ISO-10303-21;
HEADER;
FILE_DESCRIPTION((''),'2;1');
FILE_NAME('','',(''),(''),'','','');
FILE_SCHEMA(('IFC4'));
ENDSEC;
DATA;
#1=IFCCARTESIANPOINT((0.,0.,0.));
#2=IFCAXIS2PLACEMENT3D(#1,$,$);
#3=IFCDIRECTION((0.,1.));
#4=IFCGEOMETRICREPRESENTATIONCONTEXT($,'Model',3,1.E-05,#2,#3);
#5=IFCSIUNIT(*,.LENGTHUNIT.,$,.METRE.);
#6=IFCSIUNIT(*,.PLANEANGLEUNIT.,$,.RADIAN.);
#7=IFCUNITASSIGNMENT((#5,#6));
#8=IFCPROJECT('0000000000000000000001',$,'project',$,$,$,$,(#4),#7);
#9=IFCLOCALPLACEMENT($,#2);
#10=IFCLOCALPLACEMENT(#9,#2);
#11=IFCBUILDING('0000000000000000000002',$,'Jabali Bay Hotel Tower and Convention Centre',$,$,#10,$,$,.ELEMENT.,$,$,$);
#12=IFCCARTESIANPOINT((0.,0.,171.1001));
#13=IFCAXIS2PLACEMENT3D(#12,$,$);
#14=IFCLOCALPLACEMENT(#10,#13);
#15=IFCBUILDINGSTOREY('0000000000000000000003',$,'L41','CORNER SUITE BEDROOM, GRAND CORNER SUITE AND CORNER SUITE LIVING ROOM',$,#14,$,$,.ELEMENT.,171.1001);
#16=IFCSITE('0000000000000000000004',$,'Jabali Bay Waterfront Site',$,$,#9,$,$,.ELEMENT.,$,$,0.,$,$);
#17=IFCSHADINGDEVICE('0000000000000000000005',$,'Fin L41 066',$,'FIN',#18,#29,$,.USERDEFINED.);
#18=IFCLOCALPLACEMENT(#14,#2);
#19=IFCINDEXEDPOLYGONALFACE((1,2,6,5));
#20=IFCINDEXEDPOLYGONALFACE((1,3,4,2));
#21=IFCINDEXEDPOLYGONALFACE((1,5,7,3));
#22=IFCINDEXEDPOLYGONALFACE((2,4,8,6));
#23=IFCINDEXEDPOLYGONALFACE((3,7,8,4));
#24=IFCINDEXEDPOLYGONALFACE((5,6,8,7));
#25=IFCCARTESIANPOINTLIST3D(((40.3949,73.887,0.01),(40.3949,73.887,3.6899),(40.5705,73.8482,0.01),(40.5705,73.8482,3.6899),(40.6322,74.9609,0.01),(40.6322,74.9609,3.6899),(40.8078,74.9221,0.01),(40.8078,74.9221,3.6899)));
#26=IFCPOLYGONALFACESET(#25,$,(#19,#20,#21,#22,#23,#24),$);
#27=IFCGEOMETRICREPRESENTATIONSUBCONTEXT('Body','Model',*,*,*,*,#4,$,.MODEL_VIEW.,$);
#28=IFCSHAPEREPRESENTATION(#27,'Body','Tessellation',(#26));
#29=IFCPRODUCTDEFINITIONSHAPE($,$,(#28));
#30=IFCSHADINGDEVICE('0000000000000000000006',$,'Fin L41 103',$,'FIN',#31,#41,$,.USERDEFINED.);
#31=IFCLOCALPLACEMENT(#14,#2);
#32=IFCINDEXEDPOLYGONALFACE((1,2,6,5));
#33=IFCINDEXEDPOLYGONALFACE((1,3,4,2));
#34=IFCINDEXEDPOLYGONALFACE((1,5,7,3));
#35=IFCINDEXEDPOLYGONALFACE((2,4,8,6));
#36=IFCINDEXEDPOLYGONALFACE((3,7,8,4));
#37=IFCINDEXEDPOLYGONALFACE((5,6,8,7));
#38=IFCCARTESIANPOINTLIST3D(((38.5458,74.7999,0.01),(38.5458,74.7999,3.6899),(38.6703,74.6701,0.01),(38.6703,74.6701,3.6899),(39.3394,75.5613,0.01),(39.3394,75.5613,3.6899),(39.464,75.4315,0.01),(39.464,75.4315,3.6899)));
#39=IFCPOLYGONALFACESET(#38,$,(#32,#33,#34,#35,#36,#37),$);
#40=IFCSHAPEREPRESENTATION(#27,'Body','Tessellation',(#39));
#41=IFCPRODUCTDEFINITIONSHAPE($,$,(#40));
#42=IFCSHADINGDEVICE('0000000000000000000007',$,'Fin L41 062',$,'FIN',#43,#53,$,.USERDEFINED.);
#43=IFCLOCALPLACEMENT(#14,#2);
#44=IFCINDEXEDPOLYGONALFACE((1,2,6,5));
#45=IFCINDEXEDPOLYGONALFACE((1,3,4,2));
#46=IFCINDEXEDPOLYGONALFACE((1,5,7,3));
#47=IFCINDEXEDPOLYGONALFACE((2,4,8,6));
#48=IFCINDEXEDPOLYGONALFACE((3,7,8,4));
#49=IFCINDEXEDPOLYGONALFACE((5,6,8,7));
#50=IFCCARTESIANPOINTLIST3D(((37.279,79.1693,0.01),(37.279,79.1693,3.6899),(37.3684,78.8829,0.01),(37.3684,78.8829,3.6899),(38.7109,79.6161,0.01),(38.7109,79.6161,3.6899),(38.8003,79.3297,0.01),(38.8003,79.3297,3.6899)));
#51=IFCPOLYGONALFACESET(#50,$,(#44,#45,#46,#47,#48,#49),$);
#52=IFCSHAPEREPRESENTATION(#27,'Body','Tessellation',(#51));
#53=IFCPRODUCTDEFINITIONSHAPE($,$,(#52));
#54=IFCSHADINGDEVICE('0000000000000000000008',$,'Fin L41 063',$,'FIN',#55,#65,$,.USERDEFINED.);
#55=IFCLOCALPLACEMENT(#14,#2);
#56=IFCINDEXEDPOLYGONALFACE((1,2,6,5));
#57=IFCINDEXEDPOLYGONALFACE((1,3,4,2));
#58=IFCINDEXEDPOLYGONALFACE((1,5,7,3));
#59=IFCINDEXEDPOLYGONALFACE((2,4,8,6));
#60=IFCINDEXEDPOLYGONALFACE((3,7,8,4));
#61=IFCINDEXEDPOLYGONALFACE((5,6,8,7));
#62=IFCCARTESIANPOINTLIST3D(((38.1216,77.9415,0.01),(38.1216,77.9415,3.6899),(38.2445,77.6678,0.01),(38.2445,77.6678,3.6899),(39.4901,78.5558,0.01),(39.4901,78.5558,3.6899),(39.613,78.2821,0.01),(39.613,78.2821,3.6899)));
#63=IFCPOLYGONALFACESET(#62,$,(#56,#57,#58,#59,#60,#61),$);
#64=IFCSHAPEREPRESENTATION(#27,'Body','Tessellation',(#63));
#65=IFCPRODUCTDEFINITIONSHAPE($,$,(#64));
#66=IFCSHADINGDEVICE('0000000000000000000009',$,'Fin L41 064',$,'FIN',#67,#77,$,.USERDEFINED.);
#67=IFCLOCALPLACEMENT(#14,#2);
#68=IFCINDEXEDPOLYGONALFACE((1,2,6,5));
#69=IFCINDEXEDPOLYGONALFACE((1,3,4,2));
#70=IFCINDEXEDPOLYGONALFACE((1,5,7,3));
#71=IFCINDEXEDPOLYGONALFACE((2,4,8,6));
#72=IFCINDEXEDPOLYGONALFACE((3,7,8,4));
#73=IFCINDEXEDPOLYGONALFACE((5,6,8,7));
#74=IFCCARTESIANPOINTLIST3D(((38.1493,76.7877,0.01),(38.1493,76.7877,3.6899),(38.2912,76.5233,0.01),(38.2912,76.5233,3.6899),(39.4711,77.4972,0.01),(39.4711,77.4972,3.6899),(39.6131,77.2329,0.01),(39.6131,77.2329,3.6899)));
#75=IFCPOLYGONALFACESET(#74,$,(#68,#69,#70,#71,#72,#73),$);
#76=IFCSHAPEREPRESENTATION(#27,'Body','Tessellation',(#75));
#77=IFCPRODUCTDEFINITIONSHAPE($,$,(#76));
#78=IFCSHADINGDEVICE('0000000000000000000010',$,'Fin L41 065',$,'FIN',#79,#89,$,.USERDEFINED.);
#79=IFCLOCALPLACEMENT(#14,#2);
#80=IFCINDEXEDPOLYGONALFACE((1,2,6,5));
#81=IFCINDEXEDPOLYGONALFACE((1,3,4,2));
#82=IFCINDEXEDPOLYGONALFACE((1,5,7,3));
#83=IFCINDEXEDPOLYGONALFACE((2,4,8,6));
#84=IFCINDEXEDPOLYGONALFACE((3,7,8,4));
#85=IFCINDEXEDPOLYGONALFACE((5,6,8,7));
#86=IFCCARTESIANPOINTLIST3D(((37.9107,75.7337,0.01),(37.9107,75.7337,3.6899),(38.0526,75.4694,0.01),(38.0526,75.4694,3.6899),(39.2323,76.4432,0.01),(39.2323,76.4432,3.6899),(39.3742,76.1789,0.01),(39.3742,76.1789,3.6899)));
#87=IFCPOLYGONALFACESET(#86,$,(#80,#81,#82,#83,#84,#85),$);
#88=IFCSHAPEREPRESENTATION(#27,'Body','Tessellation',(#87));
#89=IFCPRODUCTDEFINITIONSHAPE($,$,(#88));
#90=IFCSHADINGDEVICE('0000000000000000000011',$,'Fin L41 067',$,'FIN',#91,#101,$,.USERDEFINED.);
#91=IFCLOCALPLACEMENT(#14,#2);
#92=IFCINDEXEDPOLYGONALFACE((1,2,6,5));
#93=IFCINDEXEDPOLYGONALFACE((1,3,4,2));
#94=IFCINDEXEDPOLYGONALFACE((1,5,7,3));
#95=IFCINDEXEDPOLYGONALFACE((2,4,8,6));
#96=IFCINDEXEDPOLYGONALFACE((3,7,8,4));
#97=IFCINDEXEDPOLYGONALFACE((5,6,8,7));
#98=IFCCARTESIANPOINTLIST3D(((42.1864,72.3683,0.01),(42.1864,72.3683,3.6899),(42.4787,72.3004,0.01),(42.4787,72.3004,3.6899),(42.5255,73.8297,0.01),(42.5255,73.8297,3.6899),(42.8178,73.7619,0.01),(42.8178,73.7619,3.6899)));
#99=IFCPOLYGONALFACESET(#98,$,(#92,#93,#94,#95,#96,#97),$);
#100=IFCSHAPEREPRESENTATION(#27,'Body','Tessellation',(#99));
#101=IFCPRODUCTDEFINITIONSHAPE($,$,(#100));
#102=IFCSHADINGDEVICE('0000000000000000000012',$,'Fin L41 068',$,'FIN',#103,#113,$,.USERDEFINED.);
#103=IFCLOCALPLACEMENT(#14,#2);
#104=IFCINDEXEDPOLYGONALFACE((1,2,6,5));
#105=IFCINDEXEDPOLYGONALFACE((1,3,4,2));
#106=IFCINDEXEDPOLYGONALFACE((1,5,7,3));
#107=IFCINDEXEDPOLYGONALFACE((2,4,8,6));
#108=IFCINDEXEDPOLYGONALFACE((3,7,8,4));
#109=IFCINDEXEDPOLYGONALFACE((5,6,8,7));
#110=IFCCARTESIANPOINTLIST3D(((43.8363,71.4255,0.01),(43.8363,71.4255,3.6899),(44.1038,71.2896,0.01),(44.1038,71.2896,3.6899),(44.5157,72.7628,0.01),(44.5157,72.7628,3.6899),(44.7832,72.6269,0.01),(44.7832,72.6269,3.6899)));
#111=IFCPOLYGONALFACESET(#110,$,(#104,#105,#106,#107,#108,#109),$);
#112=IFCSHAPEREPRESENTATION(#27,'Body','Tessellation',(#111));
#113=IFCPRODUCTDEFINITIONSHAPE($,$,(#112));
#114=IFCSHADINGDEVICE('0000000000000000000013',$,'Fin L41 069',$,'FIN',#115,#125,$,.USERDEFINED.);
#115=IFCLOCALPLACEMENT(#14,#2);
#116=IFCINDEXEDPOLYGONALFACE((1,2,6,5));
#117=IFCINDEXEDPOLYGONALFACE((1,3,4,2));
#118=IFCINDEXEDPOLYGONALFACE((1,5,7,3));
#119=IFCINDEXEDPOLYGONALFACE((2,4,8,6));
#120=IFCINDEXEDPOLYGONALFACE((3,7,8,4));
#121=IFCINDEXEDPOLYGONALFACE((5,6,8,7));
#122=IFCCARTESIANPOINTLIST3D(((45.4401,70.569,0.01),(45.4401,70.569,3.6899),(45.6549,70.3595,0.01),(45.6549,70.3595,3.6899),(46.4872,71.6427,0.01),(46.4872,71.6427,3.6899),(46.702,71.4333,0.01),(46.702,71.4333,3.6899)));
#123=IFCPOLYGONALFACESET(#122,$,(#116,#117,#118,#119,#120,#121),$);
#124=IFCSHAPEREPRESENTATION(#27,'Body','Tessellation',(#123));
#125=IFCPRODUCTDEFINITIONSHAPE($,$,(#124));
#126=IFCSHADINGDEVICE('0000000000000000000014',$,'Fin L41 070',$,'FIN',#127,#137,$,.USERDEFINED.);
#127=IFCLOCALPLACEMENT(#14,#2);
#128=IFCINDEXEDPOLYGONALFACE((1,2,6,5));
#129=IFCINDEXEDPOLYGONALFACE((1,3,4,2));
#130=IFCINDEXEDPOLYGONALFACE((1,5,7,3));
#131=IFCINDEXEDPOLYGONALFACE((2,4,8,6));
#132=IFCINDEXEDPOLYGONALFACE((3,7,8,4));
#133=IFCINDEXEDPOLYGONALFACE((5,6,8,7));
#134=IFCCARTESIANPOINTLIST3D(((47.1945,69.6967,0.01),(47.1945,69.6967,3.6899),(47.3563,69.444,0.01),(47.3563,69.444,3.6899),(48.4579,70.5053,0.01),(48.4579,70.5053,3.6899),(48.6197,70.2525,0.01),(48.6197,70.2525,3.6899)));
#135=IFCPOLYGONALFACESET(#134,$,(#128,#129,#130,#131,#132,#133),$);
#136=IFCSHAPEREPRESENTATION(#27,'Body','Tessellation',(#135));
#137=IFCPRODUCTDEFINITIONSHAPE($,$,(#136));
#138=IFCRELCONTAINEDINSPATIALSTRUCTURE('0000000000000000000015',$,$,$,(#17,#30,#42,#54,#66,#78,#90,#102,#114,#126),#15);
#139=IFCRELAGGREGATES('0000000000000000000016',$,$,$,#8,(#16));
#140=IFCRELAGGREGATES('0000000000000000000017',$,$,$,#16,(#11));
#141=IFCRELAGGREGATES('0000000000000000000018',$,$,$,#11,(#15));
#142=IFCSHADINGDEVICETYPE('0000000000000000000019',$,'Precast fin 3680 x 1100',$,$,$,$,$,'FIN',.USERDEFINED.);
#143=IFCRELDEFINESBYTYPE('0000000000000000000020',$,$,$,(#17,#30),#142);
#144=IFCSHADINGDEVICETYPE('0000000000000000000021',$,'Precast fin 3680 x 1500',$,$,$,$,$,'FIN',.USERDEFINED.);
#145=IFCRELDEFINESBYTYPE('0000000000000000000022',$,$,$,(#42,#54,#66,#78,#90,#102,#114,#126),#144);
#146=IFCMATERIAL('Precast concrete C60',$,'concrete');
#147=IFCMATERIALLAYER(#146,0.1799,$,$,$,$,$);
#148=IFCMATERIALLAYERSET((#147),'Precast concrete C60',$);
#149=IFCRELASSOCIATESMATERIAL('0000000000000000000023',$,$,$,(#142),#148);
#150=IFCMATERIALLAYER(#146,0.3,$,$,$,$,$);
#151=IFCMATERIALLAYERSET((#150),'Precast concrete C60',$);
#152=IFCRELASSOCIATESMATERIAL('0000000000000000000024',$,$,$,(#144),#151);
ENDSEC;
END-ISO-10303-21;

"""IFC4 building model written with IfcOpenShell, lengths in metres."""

from ifc_helpers import new_model, si_unit, direction, frame, frame_2d, origin, place, context, subcontext, project, spatial, rectangle, extrude, material, layer, layer_set, type_object, element, save


model = new_model("IFC4")

# Units and contexts
model_context = context("Model", 3, precision=1e-05, world=origin(), true_north=direction((0.0, 1.0)))
body_context = subcontext(model_context, "Body", "Model", "MODEL_VIEW")
ifc_project = project(units=[si_unit("LENGTHUNIT", "METRE"), si_unit("PLANEANGLEUNIT", "RADIAN")], contexts=[model_context])

# Site, building, storey
site_placement = place(None, origin())
site = spatial("IfcSite", under=ifc_project, at=site_placement, Name="Jabali Bay Waterfront Site", CompositionType="ELEMENT", RefElevation=0.0)
building_placement = place(site_placement, origin())
building = spatial("IfcBuilding", under=site, at=building_placement, Name="Jabali Bay Hotel Tower and Convention Centre", CompositionType="ELEMENT")
storey_placement = place(building_placement, frame((0.0, 0.0, 171.1001)))
storey = spatial("IfcBuildingStorey", under=building, at=storey_placement, Name="L41", Description="CORNER SUITE BEDROOM, GRAND CORNER SUITE AND CORNER SUITE LIVING ROOM", CompositionType="ELEMENT", Elevation=171.1001)

# Shading devices
ifc_material_1 = material(Name="Precast concrete C60", Category="concrete")
ifc_layer_1 = layer(ifc_material_1, 0.1799)
ifc_layer_set_1 = layer_set([ifc_layer_1], Name="Precast concrete C60")
shading_device_type_1 = type_object("IfcShadingDeviceType", Name="Precast fin 3680 x 1100", ElementType="FIN", PredefinedType="USERDEFINED", material=ifc_layer_set_1)
for number, where, z_axis, x_axis, name in (
    (1, (40.72, 74.9414, 0.01), (0.0, 0.0, 1.0), (-0.215755, -0.976447, 0.0), "Fin L41 066"),
    (2, (39.4016, 75.4963, 0.01), (0.0, 0.0, 1.0), (-0.721605, -0.692305, 0.0), "Fin L41 103"),
):
    element("IfcShadingDevice", number, at=place(storey_placement, frame(where, z_axis=z_axis, x_axis=x_axis)), inside=storey, type_object=shading_device_type_1, Name=name, ObjectType="FIN", PredefinedType="USERDEFINED", context=body_context, shape_type="SweptSolid", body=[
        extrude(rectangle(XDim=1.0999, YDim=0.1799, at=frame_2d((0.5498, 0.0))), origin(), (0.0, 0.0, 1.0), 3.6799),
    ])
ifc_layer_2 = layer(ifc_material_1, 0.3)
ifc_layer_set_2 = layer_set([ifc_layer_2], Name="Precast concrete C60")
shading_device_type_2 = type_object("IfcShadingDeviceType", Name="Precast fin 3680 x 1500", ElementType="FIN", PredefinedType="USERDEFINED", material=ifc_layer_set_2)
for number, where, z_axis, x_axis, name in (
    (3, (38.7556, 79.4729, 0.01), (0.0, 0.0, 1.0), (-0.95461, -0.297858, 0.0), "Fin L41 062"),
    (4, (39.5515, 78.4189, 0.01), (0.0, 0.0, 1.0), (-0.912302, -0.409519, 0.0), "Fin L41 063"),
):
    element("IfcShadingDevice", number, at=place(storey_placement, frame(where, z_axis=z_axis, x_axis=x_axis)), inside=storey, type_object=shading_device_type_2, Name=name, ObjectType="FIN", PredefinedType="USERDEFINED", context=body_context, shape_type="SweptSolid", body=[
        extrude(rectangle(XDim=1.5, YDim=0.3, at=frame_2d((0.75, 0.0))), origin(), (0.0, 0.0, 1.0), 3.6799),
    ])
shading_device_1_placement = place(storey_placement, frame((39.542, 77.365, 0.01), z_axis=(0.0, 0.0, 1.0), x_axis=(-0.881097, -0.472935, 0.0)))
element("IfcShadingDevice", 5, at=shading_device_1_placement, inside=storey, type_object=shading_device_type_2, Name="Fin L41 064", ObjectType="FIN", PredefinedType="USERDEFINED", context=body_context, shape_type="SweptSolid", body=[
    extrude(rectangle(XDim=1.5002, YDim=0.3, at=frame_2d((0.75, 0.0))), origin(), (0.0, 0.0, 1.0), 3.6799),
])
shading_device_2_placement = place(storey_placement, frame((39.3032, 76.311, 0.01), z_axis=(0.0, 0.0, 1.0), x_axis=(-0.881061, -0.473003, 0.0)))
element("IfcShadingDevice", 6, at=shading_device_2_placement, inside=storey, type_object=shading_device_type_2, Name="Fin L41 065", ObjectType="FIN", PredefinedType="USERDEFINED", context=body_context, shape_type="SweptSolid", body=[
    extrude(rectangle(XDim=1.5, YDim=0.3, at=frame_2d((0.75, 0.0))), origin(), (0.0, 0.0, 1.0), 3.6799),
])
shading_device_3_placement = place(storey_placement, frame((42.6716, 73.7957, 0.01), z_axis=(0.0, 0.0, 1.0), x_axis=(-0.226036, -0.974119, 0.0)))
element("IfcShadingDevice", 7, at=shading_device_3_placement, inside=storey, type_object=shading_device_type_2, Name="Fin L41 067", ObjectType="FIN", PredefinedType="USERDEFINED", context=body_context, shape_type="SweptSolid", body=[
    extrude(rectangle(XDim=1.5002, YDim=0.3, at=frame_2d((0.75, 0.0))), origin(), (0.0, 0.0, 1.0), 3.6799),
])
shading_device_4_placement = place(storey_placement, frame((44.6494, 72.6948, 0.01), z_axis=(0.0, 0.0, 1.0), x_axis=(-0.452933, -0.891544, 0.0)))
element("IfcShadingDevice", 8, at=shading_device_4_placement, inside=storey, type_object=shading_device_type_2, Name="Fin L41 068", ObjectType="FIN", PredefinedType="USERDEFINED", context=body_context, shape_type="SweptSolid", body=[
    extrude(rectangle(XDim=1.5, YDim=0.3, at=frame_2d((0.75, 0.0))), origin(), (0.0, 0.0, 1.0), 3.6799),
])
shading_device_5_placement = place(storey_placement, frame((46.5947, 71.5381, 0.01), z_axis=(0.0, 0.0, 1.0), x_axis=(-0.698179, -0.715923, 0.0)))
element("IfcShadingDevice", 9, at=shading_device_5_placement, inside=storey, type_object=shading_device_type_2, Name="Fin L41 069", ObjectType="FIN", PredefinedType="USERDEFINED", context=body_context, shape_type="SweptSolid", body=[
    extrude(rectangle(XDim=1.4998, YDim=0.3, at=frame_2d((0.75, 0.0))), origin(), (0.0, 0.0, 1.0), 3.6799),
])
shading_device_6_placement = place(storey_placement, frame((48.5388, 70.3789, 0.01), z_axis=(0.0, 0.0, 1.0), x_axis=(-0.842271, -0.539054, 0.0)))
element("IfcShadingDevice", 10, at=shading_device_6_placement, inside=storey, type_object=shading_device_type_2, Name="Fin L41 070", ObjectType="FIN", PredefinedType="USERDEFINED", context=body_context, shape_type="SweptSolid", body=[
    extrude(rectangle(XDim=1.5, YDim=0.3, at=frame_2d((0.75, 0.0))), origin(), (0.0, 0.0, 1.0), 3.6799),
])

save(model, "model.ifc")
